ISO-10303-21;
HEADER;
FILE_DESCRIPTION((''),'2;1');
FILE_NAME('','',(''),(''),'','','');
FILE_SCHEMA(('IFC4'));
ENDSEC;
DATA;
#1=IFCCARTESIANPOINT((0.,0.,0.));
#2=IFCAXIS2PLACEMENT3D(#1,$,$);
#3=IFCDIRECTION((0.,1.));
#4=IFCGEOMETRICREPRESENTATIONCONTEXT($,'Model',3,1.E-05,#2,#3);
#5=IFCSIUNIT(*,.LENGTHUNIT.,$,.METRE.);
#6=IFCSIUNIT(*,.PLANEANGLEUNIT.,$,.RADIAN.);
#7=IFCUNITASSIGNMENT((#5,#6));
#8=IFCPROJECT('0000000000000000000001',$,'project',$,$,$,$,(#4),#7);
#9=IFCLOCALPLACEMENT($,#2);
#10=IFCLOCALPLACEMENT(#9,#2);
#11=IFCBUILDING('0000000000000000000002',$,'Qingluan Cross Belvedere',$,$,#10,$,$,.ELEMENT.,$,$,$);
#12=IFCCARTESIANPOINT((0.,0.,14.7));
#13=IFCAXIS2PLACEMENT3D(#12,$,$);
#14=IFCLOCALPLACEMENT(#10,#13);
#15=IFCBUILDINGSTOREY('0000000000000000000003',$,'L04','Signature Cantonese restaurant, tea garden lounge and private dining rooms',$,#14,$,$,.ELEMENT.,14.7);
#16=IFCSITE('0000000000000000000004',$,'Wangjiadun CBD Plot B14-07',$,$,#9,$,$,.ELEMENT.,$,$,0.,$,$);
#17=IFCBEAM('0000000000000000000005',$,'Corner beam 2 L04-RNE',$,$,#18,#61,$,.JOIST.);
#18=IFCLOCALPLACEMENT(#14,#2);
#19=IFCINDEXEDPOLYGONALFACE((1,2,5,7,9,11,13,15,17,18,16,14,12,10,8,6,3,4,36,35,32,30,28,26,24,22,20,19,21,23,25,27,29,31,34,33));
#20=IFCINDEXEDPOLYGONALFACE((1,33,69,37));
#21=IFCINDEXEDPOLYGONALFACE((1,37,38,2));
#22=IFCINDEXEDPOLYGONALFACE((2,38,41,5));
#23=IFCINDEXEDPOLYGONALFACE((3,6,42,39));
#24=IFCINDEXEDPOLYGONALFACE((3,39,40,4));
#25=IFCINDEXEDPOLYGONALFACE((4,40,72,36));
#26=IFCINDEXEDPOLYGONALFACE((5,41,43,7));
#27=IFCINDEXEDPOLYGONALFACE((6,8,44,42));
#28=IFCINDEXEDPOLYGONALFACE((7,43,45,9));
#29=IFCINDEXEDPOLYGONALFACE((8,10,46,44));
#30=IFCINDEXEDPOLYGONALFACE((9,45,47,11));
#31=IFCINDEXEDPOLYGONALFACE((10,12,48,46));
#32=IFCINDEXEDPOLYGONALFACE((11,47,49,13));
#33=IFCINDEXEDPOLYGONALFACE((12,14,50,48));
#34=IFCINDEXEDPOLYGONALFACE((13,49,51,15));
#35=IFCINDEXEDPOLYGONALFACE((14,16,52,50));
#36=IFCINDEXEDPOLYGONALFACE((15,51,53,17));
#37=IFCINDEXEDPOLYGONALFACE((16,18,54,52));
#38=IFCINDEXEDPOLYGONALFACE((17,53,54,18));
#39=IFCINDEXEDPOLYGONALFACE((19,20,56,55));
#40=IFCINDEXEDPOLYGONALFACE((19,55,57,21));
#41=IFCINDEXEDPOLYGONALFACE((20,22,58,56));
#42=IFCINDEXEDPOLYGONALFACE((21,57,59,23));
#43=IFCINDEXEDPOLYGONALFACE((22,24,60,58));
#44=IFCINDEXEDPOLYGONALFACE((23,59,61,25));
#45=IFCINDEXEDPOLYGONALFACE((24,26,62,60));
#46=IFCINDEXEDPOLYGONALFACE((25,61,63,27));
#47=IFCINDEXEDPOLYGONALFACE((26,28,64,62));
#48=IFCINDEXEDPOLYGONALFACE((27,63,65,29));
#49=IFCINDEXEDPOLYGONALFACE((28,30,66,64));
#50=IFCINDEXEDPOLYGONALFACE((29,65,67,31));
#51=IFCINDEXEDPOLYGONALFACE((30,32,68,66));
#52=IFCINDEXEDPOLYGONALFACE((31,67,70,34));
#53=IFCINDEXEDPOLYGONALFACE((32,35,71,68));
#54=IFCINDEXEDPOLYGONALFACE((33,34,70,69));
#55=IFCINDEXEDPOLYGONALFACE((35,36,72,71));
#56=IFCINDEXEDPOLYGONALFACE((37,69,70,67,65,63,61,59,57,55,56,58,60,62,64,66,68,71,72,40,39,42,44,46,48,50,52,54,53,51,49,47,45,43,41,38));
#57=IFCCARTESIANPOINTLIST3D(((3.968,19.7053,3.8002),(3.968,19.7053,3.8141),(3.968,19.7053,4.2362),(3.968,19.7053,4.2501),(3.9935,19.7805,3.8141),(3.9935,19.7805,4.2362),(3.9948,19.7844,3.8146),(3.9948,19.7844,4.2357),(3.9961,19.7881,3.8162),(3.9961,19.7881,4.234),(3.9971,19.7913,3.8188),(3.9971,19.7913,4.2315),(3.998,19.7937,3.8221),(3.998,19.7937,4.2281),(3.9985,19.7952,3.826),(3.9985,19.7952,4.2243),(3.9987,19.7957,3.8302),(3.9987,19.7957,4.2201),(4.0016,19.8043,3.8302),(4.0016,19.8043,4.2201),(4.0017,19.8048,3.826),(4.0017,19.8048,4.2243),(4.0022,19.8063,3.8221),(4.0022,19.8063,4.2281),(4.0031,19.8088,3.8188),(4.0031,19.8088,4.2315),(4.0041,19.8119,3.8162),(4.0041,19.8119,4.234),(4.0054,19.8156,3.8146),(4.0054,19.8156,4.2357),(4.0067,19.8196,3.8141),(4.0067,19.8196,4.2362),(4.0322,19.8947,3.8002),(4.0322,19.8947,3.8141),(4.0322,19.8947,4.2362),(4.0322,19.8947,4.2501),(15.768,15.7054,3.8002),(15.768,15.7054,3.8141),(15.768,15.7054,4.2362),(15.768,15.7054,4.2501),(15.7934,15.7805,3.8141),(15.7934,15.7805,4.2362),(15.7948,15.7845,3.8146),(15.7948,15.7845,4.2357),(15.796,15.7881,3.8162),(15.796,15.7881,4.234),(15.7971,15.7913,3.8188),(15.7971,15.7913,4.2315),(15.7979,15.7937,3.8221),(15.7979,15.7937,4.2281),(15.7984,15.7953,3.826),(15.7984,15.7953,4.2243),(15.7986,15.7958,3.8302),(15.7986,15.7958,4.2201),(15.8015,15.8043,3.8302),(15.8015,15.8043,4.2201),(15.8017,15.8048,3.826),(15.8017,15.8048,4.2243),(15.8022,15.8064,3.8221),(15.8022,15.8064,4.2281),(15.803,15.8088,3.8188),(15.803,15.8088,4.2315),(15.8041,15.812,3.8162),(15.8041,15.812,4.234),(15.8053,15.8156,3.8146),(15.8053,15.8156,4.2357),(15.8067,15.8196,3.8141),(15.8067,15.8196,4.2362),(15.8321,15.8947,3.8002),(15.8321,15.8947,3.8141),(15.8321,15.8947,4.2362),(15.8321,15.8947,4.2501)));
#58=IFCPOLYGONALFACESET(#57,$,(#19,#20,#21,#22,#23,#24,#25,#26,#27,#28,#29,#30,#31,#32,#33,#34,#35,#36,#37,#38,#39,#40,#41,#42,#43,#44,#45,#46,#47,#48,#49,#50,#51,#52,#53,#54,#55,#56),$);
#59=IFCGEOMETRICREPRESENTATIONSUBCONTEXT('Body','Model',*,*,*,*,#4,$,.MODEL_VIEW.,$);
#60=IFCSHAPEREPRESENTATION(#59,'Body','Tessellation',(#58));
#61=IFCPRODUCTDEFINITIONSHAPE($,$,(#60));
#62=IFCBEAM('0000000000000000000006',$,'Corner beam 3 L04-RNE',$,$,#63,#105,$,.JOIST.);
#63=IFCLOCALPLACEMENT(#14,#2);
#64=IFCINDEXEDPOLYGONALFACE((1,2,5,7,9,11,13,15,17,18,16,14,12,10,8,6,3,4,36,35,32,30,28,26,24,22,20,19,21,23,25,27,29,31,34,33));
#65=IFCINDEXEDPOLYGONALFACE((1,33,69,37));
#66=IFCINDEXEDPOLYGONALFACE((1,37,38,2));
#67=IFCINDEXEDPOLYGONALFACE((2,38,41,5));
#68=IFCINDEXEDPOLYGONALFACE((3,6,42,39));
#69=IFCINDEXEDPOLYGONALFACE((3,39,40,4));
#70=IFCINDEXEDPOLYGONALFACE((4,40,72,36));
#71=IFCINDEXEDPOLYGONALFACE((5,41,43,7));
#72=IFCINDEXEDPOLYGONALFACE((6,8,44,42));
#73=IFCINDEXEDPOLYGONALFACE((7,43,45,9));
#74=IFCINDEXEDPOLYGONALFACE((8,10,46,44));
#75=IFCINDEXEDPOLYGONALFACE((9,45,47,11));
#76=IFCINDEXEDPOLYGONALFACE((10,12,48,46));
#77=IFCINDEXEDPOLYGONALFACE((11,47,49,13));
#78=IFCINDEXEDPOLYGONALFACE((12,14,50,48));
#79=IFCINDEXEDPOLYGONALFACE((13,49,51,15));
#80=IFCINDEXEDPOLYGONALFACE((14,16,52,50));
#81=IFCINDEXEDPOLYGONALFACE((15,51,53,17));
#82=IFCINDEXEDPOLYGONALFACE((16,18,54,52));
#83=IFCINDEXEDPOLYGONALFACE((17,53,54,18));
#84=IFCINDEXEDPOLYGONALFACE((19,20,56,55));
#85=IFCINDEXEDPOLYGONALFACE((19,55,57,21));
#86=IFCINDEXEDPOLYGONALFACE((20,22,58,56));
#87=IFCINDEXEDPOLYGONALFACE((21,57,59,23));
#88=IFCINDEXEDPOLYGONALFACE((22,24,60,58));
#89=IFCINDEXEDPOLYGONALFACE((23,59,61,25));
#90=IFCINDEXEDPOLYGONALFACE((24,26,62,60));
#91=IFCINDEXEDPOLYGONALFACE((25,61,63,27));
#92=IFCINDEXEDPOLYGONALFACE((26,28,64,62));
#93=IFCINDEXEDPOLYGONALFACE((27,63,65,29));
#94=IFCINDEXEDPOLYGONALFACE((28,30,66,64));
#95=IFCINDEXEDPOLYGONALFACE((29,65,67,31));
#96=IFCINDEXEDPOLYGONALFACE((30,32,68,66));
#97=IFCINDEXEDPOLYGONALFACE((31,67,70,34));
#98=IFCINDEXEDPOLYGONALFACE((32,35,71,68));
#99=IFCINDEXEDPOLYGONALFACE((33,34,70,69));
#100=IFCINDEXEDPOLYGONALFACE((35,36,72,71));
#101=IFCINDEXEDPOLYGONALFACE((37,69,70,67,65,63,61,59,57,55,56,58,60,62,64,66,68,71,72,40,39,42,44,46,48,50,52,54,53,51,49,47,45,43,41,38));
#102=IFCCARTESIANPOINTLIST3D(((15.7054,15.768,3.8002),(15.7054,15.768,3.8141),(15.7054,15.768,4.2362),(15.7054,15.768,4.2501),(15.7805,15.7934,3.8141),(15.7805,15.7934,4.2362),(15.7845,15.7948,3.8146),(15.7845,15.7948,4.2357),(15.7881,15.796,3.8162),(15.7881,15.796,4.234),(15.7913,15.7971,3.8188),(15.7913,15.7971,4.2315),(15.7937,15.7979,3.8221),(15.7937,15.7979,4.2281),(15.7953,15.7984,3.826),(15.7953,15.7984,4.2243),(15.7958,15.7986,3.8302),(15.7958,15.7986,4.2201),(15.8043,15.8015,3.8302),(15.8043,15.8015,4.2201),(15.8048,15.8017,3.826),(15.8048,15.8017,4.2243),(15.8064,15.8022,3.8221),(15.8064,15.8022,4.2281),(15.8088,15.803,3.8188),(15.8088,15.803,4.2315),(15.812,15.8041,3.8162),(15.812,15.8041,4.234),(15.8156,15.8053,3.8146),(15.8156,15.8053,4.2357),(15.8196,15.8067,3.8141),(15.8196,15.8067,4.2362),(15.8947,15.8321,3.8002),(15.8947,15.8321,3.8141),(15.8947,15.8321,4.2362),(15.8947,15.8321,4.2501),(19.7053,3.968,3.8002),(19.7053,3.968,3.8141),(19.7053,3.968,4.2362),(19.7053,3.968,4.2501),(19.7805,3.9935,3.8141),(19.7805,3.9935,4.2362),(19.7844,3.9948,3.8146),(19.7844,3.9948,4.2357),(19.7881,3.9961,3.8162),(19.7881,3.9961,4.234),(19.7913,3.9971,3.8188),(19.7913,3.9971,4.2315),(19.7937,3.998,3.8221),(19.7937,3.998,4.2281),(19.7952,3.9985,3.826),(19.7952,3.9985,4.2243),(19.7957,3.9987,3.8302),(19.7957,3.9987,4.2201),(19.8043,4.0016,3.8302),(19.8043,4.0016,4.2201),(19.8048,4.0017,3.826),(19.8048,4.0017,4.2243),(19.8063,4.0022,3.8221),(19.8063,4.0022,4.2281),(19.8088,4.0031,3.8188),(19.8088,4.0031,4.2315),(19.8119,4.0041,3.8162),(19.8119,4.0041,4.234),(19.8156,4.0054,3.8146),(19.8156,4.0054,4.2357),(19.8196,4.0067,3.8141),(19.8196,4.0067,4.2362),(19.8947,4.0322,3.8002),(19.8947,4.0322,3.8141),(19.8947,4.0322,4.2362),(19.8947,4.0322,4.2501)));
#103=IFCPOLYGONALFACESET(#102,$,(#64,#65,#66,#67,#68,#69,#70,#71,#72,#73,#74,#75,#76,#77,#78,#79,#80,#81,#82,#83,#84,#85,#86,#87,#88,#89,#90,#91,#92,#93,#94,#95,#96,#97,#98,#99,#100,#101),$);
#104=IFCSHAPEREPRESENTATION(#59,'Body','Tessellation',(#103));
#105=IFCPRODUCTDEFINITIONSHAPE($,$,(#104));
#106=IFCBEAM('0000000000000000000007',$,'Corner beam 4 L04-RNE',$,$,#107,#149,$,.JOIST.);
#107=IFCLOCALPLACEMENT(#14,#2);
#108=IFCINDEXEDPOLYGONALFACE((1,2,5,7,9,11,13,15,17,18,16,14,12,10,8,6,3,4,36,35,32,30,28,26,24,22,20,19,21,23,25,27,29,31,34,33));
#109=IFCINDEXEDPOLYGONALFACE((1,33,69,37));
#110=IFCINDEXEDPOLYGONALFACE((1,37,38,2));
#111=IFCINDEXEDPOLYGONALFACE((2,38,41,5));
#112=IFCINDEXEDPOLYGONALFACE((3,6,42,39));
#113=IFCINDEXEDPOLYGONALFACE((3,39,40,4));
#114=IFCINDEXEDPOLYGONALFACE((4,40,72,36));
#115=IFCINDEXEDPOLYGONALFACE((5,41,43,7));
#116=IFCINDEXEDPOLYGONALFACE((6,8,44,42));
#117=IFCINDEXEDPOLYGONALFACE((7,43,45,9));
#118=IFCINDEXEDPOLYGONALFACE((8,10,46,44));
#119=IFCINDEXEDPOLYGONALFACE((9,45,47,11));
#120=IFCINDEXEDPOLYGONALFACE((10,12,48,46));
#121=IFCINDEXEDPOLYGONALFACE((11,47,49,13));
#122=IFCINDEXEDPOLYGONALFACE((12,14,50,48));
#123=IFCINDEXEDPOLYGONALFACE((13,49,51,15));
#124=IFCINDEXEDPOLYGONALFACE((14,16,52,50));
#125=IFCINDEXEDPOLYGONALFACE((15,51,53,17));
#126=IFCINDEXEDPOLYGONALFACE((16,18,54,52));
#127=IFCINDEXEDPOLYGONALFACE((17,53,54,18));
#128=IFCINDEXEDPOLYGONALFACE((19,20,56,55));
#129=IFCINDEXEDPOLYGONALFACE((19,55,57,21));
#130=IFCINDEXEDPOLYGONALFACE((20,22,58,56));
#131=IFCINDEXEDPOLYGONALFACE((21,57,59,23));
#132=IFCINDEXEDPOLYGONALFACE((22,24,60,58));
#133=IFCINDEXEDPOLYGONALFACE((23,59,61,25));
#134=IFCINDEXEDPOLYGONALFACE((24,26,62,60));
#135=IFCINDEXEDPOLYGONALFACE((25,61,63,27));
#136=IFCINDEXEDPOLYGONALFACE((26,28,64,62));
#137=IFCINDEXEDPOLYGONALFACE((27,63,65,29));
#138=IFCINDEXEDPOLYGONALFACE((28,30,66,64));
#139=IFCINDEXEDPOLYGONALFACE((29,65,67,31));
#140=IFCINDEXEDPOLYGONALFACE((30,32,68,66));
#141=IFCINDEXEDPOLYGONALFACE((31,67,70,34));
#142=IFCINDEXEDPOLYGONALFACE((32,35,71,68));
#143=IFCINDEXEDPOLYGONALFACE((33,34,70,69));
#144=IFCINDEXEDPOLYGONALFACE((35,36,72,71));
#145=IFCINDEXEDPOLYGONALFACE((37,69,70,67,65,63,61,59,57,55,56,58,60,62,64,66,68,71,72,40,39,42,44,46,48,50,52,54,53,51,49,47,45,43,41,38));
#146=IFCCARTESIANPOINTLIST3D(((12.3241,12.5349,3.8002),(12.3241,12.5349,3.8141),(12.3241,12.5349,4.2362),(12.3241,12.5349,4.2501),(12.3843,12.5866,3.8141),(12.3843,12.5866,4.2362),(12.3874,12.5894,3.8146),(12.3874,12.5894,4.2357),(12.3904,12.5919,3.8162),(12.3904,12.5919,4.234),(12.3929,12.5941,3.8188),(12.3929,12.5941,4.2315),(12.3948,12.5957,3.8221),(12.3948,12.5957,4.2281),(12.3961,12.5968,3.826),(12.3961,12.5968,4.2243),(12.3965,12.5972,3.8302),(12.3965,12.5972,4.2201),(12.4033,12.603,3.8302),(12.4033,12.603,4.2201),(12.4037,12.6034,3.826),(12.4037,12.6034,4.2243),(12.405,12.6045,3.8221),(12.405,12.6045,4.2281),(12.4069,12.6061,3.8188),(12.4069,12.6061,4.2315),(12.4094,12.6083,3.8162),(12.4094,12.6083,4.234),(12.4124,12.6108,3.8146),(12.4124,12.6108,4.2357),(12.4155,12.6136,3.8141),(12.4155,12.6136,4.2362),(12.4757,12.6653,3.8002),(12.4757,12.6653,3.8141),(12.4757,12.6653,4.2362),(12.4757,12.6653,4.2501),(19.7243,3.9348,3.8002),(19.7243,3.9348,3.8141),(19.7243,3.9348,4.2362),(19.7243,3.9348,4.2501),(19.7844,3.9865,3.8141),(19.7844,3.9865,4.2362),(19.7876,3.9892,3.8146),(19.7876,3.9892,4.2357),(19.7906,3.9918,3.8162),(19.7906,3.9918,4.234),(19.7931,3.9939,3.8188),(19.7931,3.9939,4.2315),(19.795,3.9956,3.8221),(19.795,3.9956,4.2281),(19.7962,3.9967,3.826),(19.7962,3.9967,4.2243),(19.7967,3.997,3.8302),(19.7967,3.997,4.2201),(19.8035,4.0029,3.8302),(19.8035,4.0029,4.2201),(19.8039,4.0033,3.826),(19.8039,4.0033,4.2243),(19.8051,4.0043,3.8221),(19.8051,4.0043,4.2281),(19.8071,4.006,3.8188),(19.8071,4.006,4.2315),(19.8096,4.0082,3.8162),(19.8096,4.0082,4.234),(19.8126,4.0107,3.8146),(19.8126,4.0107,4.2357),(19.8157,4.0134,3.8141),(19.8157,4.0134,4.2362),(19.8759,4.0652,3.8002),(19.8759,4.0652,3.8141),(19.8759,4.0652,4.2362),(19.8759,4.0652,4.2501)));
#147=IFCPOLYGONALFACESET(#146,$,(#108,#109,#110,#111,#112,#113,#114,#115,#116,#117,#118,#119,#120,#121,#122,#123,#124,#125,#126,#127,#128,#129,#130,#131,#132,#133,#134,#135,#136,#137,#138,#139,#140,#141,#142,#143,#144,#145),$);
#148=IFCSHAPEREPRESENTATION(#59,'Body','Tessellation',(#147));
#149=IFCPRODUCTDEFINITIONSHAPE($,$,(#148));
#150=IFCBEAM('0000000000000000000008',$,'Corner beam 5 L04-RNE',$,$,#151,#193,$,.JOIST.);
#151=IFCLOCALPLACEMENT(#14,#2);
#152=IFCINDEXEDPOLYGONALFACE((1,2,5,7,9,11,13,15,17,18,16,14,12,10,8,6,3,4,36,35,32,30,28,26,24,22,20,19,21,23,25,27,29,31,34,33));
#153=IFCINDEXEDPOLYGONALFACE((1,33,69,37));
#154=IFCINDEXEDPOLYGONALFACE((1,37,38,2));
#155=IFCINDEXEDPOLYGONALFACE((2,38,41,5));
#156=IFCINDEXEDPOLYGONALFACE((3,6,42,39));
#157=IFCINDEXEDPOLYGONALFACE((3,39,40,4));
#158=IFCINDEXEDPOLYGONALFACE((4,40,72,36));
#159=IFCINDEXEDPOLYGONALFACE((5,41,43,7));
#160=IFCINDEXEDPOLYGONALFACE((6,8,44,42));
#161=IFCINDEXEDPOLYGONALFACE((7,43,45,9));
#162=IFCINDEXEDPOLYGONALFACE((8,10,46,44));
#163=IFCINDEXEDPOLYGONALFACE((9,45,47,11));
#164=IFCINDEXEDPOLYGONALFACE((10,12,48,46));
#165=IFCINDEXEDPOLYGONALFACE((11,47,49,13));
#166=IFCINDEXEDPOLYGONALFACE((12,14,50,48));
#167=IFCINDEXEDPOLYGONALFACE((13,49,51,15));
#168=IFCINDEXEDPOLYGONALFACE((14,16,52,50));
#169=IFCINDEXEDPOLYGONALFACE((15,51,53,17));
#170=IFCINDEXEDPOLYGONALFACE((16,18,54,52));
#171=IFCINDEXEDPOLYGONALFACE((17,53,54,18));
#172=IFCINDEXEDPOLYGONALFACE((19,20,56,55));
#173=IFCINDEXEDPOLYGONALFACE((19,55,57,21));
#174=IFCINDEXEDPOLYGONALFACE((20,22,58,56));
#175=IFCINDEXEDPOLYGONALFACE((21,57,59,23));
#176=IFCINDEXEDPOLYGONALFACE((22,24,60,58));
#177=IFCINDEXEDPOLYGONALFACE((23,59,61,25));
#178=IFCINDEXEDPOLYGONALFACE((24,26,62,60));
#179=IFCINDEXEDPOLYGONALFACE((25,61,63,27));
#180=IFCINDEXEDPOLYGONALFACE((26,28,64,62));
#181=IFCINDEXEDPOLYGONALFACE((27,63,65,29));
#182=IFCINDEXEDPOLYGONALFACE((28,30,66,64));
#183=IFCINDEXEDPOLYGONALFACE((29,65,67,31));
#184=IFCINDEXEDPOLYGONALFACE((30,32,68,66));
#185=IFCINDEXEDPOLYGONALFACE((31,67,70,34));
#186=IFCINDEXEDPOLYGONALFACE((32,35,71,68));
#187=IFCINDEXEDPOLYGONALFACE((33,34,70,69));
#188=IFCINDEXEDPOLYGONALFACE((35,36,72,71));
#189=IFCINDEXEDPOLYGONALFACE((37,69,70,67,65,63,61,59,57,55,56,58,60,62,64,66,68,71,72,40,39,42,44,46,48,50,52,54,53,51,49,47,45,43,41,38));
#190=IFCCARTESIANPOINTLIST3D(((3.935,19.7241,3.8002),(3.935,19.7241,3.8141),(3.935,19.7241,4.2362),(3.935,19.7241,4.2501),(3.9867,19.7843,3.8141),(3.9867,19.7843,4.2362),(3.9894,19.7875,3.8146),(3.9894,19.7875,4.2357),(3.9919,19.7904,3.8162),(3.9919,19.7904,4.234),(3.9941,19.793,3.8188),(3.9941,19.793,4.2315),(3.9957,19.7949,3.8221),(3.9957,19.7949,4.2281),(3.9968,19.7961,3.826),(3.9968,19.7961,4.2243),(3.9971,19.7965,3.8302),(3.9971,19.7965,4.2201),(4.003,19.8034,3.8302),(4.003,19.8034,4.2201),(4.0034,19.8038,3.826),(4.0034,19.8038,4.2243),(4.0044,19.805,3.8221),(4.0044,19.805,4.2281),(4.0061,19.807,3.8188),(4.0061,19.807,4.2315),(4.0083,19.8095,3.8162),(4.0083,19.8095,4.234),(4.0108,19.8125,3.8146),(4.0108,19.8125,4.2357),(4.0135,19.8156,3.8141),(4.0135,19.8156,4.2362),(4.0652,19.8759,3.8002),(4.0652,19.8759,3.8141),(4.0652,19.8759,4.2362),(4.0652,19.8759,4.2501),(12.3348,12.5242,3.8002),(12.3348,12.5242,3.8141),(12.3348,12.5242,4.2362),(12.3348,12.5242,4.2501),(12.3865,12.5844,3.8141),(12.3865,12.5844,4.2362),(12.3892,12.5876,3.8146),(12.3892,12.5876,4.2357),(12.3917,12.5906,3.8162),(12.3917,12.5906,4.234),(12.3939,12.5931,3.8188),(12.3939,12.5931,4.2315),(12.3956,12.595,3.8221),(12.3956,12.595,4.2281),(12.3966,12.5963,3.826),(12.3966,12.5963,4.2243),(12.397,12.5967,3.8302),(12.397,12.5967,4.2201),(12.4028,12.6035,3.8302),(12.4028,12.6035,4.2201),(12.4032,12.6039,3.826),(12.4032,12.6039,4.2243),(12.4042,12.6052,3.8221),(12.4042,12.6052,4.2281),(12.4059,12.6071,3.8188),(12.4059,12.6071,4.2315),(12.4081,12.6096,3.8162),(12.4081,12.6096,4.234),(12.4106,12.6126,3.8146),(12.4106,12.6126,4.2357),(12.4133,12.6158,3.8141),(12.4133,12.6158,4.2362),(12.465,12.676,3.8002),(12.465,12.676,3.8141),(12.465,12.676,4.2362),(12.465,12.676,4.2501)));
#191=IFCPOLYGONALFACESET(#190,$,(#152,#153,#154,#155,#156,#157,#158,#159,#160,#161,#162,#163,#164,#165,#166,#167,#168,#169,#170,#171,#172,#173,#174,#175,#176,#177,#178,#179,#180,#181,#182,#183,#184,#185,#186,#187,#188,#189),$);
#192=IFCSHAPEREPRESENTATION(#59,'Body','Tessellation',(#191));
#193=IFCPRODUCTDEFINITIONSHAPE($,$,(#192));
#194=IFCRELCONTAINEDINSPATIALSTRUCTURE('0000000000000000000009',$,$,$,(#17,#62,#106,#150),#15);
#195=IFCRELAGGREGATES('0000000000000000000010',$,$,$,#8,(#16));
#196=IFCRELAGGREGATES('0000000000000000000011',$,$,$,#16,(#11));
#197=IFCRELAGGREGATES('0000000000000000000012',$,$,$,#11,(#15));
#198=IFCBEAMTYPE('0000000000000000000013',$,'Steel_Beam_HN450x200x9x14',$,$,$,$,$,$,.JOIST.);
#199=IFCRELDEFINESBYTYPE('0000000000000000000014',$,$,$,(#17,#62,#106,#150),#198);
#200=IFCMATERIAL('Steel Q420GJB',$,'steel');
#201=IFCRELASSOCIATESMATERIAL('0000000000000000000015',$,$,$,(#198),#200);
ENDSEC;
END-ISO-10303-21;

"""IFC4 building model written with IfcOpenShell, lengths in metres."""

from ifc_helpers import new_model, si_unit, direction, frame, origin, origin_2d, place, context, subcontext, project, spatial, i_section, extrude, material, material_profile, profile_set, type_object, element, save


model = new_model("IFC4")

# Units and contexts
model_context = context("Model", 3, precision=1e-05, world=origin(), true_north=direction((0.0, 1.0)))
body_context = subcontext(model_context, "Body", "Model", "MODEL_VIEW")
ifc_project = project(units=[si_unit("LENGTHUNIT", "METRE"), si_unit("PLANEANGLEUNIT", "RADIAN")], contexts=[model_context])

# Site, building, storey
site_placement = place(None, origin())
site = spatial("IfcSite", under=ifc_project, at=site_placement, Name="Wangjiadun CBD Plot B14-07", CompositionType="ELEMENT", RefElevation=0.0)
building_placement = place(site_placement, origin())
building = spatial("IfcBuilding", under=site, at=building_placement, Name="Qingluan Cross Belvedere", CompositionType="ELEMENT")
storey_placement = place(building_placement, frame((0.0, 0.0, 14.7)))
storey = spatial("IfcBuildingStorey", under=building, at=storey_placement, Name="L04", Description="Signature Cantonese restaurant, tea garden lounge and private dining rooms", CompositionType="ELEMENT", Elevation=14.7)

# Beams
ifc_material_1 = material(Name="Steel Q420GJB", Category="steel")
ifc_material_profile_1 = material_profile(ifc_material_1, i_section(OverallWidth=0.2, OverallDepth=0.45, WebThickness=0.009, FlangeThickness=0.0139, FilletRadius=0.0161, at=origin_2d()), Name="HN450x200x9x14")
ifc_profile_set_1 = profile_set([ifc_material_profile_1], Name="Steel Q420GJB")
beam_type = type_object("IfcBeamType", Name="Steel_Beam_HN450x200x9x14", PredefinedType="JOIST", material=ifc_profile_set_1)
for number, where, z_axis, x_axis, name in (
    (1, (15.8, 15.8, 4.0251), (-0.947066, 0.321038, 0.0), (-0.321038, -0.947066, 0.0), "Corner beam 2 L04-RNE"),
    (2, (15.8, 15.8, 4.0251), (0.321038, -0.947066, 0.0), (0.947066, 0.321038, 0.0), "Corner beam 3 L04-RNE"),
):
    element("IfcBeam", number, at=place(storey_placement, frame(where, z_axis=z_axis, x_axis=x_axis)), inside=storey, type_object=beam_type, Name=name, PredefinedType="JOIST", context=body_context, shape_type="SweptSolid", body=[
        extrude(i_section(OverallWidth=0.2, OverallDepth=0.45, WebThickness=0.009, FlangeThickness=0.0139, FilletRadius=0.0161, at=origin_2d()), origin(), (0.0, 0.0, 1.0), 12.4595),
    ])
beam_1_placement = place(storey_placement, frame((12.3999, 12.6001, 4.0251), z_axis=(0.652245, -0.758008, 0.0), x_axis=(0.758008, 0.652245, 0.0)))
element("IfcBeam", 3, at=beam_1_placement, inside=storey, type_object=beam_type, Name="Corner beam 4 L04-RNE", PredefinedType="JOIST", context=body_context, shape_type="SweptSolid", body=[
    extrude(i_section(OverallWidth=0.2, OverallDepth=0.45, WebThickness=0.009, FlangeThickness=0.0139, FilletRadius=0.0161, at=origin_2d()), origin(), (0.0, 0.0, 1.0), 11.3457),
])
beam_2_placement = place(storey_placement, frame((12.3999, 12.6001, 4.0251), z_axis=(-0.759255, 0.650793, 0.0), x_axis=(-0.650793, -0.759255, 0.0)))
element("IfcBeam", 4, at=beam_2_placement, inside=storey, type_object=beam_type, Name="Corner beam 5 L04-RNE", PredefinedType="JOIST", context=body_context, shape_type="SweptSolid", body=[
    extrude(i_section(OverallWidth=0.2, OverallDepth=0.45, WebThickness=0.009, FlangeThickness=0.0139, FilletRadius=0.0161, at=origin_2d()), origin(), (0.0, 0.0, 1.0), 11.0632),
])

save(model, "model.ifc")
